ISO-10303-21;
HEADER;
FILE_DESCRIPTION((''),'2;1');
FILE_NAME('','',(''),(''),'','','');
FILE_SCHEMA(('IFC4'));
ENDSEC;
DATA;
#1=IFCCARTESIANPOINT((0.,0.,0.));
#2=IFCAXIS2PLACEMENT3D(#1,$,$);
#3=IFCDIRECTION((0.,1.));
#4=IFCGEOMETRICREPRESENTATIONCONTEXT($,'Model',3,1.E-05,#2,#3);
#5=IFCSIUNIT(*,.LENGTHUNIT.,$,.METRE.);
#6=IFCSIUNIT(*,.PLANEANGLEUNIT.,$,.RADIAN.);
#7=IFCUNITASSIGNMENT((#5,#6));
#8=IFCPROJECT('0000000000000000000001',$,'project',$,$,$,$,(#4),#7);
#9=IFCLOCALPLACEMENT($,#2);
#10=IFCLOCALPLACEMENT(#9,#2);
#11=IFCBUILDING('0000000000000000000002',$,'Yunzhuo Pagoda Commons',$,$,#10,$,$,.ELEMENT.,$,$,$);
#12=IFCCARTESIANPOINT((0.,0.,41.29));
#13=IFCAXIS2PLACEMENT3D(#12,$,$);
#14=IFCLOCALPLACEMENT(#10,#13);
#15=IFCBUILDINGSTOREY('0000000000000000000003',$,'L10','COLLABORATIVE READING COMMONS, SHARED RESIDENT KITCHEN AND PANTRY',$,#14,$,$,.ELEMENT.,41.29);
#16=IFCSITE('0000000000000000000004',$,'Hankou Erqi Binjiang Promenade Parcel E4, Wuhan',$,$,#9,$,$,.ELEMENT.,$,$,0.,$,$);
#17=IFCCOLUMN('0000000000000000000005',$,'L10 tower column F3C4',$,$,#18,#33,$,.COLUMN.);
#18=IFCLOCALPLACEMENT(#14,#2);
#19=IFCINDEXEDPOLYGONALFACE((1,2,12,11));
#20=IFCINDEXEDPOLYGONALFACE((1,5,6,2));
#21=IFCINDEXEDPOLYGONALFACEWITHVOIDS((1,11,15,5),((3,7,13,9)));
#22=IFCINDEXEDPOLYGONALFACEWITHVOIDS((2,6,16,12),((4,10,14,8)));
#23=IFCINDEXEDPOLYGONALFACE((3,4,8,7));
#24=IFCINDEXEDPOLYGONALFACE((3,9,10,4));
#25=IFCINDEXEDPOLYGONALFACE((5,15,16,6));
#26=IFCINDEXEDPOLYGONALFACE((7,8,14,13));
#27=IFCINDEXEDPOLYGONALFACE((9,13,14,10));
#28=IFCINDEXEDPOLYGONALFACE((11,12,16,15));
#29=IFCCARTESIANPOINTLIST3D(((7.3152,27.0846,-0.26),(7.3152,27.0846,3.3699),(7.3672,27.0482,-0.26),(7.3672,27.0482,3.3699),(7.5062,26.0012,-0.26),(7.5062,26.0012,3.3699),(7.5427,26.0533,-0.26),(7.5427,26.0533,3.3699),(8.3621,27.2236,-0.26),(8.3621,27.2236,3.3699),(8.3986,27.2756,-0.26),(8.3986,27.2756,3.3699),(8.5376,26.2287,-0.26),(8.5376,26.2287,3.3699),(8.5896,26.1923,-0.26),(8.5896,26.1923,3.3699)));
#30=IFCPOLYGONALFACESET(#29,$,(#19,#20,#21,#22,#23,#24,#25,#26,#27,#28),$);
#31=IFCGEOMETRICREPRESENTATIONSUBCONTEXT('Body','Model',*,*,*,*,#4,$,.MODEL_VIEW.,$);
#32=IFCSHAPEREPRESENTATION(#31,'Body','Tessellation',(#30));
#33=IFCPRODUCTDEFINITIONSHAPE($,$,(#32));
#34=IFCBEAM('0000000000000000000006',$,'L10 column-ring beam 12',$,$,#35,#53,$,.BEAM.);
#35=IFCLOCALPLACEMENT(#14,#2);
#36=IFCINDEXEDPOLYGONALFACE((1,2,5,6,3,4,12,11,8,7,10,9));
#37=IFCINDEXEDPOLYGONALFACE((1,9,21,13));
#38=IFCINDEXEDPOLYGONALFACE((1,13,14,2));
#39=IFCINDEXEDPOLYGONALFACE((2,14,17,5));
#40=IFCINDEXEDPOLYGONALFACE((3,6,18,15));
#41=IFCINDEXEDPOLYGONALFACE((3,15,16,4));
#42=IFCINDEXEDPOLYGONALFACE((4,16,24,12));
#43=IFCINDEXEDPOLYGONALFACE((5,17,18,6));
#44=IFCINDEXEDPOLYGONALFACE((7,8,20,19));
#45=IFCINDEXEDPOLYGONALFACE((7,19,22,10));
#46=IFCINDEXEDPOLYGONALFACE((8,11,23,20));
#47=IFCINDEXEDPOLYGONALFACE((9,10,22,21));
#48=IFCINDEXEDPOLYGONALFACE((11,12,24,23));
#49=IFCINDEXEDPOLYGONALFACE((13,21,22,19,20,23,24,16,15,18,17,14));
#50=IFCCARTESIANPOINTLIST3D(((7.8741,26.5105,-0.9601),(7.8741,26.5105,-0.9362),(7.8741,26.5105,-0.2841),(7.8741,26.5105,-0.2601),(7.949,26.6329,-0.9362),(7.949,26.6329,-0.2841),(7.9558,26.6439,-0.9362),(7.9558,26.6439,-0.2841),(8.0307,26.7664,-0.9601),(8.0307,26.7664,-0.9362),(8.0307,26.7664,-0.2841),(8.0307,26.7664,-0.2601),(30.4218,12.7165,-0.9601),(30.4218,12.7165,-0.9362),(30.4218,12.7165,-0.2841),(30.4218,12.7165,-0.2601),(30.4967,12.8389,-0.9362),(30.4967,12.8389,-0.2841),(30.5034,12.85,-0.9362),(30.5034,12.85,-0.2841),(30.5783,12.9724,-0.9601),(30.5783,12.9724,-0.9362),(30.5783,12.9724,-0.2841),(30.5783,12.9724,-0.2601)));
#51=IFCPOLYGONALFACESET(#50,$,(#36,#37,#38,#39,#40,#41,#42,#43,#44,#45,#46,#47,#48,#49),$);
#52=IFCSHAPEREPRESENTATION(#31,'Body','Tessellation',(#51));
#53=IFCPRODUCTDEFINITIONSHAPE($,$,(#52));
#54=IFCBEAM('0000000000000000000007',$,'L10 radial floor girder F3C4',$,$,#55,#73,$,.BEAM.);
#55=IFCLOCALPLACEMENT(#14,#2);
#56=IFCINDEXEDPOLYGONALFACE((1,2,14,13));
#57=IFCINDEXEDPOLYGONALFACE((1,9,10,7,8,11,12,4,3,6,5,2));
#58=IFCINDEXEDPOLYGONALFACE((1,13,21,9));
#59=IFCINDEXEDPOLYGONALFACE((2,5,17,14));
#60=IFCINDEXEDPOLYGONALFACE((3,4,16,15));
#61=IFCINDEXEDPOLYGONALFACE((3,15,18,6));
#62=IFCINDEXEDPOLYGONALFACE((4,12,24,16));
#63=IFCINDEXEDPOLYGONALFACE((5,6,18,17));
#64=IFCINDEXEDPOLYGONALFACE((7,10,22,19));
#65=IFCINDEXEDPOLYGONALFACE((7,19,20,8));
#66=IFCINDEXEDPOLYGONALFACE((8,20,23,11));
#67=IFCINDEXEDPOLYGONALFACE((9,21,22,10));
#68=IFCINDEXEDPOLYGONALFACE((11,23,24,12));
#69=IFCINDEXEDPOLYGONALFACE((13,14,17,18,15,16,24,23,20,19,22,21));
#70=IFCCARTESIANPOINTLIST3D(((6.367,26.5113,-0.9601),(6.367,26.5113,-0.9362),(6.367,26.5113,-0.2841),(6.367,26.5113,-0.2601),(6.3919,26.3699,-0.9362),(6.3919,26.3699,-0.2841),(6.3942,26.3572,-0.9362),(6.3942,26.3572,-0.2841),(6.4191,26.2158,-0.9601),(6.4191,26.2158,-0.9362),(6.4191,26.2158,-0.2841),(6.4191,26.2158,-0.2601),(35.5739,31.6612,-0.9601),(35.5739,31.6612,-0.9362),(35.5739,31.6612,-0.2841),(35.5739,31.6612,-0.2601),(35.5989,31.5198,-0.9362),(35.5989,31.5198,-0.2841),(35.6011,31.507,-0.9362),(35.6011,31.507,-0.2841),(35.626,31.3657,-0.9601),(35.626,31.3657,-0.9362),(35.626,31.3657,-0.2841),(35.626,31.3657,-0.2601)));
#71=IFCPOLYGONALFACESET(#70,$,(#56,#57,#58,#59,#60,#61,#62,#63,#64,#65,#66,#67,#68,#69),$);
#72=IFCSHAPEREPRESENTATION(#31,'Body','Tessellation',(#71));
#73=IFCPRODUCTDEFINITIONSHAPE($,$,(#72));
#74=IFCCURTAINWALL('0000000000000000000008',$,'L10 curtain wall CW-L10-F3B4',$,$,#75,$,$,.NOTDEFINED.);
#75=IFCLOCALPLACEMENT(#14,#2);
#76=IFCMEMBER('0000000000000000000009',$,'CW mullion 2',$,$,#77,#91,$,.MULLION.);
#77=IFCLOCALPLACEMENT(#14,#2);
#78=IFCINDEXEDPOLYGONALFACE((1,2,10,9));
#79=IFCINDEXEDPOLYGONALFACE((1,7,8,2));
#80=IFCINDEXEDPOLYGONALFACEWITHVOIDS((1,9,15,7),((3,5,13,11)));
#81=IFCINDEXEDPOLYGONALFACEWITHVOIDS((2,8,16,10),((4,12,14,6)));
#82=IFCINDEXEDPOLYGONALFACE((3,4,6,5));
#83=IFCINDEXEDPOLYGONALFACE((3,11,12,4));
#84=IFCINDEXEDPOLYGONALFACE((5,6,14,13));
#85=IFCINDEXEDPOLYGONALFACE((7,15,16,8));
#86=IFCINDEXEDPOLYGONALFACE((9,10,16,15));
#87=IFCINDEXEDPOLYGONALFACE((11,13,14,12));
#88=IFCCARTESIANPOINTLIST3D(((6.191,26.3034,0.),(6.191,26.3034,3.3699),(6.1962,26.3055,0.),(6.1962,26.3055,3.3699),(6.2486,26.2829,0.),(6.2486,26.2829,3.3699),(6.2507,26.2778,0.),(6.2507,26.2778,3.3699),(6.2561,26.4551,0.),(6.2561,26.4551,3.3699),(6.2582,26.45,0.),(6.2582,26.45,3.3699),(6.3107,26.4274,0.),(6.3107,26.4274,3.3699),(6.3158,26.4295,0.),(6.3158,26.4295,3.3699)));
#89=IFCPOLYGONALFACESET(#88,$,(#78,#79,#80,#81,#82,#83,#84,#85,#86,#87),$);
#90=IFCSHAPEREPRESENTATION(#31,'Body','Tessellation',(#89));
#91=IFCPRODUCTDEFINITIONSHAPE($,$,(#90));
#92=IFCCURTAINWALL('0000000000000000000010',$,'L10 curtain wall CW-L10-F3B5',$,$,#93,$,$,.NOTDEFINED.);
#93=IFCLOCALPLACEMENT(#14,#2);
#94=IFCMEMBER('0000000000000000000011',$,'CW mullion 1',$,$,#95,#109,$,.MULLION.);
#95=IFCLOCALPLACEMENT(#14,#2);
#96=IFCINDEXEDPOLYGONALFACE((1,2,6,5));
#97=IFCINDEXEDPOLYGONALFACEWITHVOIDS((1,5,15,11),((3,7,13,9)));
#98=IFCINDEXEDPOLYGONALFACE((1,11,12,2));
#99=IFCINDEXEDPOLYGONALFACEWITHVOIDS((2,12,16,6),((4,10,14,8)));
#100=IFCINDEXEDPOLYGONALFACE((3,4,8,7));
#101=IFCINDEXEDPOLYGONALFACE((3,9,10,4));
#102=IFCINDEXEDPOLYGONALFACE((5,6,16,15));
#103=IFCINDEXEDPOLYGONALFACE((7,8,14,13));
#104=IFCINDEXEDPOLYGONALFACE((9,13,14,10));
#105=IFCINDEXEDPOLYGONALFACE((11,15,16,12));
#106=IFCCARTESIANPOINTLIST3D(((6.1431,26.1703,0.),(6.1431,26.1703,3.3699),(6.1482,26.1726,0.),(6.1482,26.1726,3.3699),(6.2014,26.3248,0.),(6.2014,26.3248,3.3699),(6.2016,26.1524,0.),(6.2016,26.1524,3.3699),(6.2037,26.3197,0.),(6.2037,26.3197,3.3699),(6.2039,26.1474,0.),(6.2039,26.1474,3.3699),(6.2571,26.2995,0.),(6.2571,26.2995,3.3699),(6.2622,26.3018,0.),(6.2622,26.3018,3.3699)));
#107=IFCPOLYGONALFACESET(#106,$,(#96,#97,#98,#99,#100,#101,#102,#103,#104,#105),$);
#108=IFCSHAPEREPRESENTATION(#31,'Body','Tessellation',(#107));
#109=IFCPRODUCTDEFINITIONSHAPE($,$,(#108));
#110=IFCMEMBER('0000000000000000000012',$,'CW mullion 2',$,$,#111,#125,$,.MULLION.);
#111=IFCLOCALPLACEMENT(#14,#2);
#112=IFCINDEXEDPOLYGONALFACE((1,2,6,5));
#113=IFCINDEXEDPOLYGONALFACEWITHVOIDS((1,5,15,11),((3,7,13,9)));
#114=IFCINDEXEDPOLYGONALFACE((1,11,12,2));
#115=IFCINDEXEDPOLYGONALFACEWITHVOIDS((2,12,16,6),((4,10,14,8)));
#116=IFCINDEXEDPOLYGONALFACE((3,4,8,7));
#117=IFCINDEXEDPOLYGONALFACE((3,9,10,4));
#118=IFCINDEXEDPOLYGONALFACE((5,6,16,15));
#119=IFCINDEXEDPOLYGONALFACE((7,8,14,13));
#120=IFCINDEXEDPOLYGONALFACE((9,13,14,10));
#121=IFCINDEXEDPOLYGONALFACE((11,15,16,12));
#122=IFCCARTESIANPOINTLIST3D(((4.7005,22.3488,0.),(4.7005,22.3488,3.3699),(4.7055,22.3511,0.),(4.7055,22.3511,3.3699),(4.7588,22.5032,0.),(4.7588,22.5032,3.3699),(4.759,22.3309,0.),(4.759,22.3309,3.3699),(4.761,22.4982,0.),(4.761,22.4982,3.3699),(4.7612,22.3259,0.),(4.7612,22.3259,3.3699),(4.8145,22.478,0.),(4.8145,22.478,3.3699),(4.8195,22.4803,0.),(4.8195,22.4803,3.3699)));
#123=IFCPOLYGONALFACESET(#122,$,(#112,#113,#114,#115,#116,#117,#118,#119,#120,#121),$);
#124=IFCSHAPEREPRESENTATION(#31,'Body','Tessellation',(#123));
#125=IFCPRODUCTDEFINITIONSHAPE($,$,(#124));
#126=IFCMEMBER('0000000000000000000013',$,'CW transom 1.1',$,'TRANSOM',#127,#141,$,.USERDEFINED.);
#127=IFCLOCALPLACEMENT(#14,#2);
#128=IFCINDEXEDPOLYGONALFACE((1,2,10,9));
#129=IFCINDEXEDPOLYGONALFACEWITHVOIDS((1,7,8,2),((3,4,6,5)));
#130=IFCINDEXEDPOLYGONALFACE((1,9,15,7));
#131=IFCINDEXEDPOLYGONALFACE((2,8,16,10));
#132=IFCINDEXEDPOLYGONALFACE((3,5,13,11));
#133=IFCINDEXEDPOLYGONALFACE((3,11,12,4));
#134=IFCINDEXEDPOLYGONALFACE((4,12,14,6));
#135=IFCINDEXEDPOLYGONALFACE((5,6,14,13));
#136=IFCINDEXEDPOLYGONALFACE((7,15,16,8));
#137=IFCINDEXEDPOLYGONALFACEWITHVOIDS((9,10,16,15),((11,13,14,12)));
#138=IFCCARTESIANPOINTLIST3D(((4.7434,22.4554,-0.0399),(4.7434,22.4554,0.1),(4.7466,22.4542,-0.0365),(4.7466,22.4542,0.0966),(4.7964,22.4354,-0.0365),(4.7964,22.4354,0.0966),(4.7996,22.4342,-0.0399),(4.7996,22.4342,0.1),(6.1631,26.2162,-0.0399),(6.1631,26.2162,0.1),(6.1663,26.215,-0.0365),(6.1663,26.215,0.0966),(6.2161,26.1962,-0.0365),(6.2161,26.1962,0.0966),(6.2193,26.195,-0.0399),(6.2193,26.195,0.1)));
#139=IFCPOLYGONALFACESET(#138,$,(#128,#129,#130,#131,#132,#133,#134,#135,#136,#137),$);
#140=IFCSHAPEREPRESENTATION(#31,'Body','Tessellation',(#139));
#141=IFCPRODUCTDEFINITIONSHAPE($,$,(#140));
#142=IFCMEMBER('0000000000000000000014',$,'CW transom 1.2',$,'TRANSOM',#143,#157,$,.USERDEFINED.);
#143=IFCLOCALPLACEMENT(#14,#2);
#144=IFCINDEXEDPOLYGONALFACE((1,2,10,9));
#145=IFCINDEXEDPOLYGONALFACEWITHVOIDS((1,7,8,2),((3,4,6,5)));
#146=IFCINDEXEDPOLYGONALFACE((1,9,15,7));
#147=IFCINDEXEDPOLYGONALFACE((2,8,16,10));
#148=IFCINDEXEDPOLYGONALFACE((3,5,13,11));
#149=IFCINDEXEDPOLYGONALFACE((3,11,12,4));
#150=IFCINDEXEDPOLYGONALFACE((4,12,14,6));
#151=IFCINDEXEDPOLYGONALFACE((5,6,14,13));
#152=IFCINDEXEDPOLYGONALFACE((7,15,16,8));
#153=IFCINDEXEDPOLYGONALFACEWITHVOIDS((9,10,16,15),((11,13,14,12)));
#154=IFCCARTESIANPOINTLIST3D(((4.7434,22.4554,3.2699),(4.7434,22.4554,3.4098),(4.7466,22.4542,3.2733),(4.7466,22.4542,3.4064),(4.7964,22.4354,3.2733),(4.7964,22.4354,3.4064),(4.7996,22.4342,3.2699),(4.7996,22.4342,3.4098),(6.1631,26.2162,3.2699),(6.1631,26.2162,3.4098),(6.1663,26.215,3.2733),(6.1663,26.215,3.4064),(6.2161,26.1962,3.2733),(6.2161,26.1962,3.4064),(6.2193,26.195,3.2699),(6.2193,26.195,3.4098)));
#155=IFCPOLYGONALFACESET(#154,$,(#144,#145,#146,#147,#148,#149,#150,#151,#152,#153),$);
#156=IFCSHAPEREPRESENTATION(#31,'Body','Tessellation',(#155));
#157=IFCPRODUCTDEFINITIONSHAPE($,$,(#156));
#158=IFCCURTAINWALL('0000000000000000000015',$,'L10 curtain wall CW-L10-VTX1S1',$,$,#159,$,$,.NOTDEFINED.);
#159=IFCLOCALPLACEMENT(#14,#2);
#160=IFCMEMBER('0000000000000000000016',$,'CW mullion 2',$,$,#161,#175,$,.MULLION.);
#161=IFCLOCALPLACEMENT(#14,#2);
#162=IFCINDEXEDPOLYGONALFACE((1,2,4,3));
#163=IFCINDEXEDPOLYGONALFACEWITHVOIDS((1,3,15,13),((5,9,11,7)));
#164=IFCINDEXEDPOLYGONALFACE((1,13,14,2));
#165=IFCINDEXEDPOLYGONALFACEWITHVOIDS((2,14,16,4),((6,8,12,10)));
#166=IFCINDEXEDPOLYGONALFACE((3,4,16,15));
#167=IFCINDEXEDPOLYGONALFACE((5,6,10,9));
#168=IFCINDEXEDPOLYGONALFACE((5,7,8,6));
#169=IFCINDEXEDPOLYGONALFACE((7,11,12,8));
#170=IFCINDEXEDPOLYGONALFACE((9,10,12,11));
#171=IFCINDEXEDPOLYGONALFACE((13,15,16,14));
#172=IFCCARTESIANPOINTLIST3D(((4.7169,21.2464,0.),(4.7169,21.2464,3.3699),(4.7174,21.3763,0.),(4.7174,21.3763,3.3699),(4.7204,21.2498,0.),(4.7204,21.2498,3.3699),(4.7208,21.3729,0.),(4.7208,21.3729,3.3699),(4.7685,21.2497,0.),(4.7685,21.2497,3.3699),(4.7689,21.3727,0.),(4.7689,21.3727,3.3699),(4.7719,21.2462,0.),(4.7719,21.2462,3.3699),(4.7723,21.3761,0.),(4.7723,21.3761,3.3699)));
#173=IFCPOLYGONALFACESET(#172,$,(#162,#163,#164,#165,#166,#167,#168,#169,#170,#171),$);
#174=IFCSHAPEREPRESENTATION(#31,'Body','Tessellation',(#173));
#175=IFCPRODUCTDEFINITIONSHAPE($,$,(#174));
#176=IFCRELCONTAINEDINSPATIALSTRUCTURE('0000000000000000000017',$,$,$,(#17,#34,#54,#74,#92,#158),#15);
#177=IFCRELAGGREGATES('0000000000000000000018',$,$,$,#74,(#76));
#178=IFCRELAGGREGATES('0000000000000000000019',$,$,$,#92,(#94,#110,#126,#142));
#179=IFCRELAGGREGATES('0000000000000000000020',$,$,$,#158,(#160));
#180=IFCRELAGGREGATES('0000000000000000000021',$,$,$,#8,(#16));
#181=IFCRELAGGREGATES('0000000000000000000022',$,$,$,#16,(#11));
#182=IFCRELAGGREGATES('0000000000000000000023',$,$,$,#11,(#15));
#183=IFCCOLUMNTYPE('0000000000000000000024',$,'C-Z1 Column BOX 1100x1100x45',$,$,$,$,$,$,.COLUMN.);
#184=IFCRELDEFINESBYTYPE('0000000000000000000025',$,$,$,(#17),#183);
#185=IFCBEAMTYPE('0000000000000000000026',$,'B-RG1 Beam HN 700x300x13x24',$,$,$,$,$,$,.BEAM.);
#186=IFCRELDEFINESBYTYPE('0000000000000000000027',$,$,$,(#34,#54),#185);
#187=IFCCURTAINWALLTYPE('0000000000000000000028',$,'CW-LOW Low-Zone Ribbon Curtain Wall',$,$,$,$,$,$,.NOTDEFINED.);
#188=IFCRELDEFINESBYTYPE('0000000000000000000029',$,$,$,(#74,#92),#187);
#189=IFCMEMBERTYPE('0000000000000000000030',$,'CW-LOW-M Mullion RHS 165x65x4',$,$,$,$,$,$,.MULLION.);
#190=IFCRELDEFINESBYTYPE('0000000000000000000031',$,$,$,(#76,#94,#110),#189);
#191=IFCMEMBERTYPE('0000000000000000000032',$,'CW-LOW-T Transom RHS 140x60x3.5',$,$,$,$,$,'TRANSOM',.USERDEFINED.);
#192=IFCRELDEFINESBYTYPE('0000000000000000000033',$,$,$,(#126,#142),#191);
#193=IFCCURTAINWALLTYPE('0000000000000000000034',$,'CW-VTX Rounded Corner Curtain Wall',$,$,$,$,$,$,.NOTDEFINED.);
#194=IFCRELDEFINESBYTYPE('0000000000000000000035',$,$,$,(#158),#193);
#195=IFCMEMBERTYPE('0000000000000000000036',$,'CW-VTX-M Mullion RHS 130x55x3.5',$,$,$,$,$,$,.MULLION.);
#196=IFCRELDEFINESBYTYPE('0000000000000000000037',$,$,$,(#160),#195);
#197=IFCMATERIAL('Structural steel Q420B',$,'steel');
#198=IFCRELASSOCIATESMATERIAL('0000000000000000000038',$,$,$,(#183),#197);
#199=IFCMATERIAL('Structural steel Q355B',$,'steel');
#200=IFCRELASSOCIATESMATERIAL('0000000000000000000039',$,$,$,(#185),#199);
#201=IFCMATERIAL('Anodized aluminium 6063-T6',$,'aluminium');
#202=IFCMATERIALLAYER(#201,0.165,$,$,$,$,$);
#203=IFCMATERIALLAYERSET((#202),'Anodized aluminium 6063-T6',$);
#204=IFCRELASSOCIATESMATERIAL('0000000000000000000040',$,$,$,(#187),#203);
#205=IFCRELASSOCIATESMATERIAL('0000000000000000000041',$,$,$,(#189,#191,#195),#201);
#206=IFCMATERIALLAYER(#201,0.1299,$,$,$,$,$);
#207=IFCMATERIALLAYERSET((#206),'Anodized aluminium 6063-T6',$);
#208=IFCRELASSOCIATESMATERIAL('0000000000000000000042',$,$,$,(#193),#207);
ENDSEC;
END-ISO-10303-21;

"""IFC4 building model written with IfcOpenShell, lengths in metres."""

from ifc_helpers import new_model, si_unit, direction, frame, origin, origin_2d, place, context, subcontext, project, spatial, hollow_rectangle, i_section, extrude, source, transform, mapped, material, layer, layer_set, material_profile, profile_set, type_object, element, aggregate, save


model = new_model("IFC4")

# Units and contexts
model_context = context("Model", 3, precision=1e-05, world=origin(), true_north=direction((0.0, 1.0)))
body_context = subcontext(model_context, "Body", "Model", "MODEL_VIEW")
ifc_project = project(units=[si_unit("LENGTHUNIT", "METRE"), si_unit("PLANEANGLEUNIT", "RADIAN")], contexts=[model_context])

# Site, building, storey
site_placement = place(None, origin())
site = spatial("IfcSite", under=ifc_project, at=site_placement, Name="Hankou Erqi Binjiang Promenade Parcel E4, Wuhan", CompositionType="ELEMENT", RefElevation=0.0)
building_placement = place(site_placement, origin())
building = spatial("IfcBuilding", under=site, at=building_placement, Name="Yunzhuo Pagoda Commons", CompositionType="ELEMENT")
storey_placement = place(building_placement, frame((0.0, 0.0, 41.29)))
storey = spatial("IfcBuildingStorey", under=building, at=storey_placement, Name="L10", Description="COLLABORATIVE READING COMMONS, SHARED RESIDENT KITCHEN AND PANTRY", CompositionType="ELEMENT", Elevation=41.29)

# Column
ifc_material_1 = material(Name="Structural steel Q420B", Category="steel")
ifc_material_profile_1 = material_profile(ifc_material_1, hollow_rectangle(XDim=1.1001, YDim=1.1001, WallThickness=0.0449, at=origin_2d()), Name="Structural steel Q420B")
ifc_profile_set_1 = profile_set([ifc_material_profile_1], Name="Structural steel Q420B")
column_type = type_object("IfcColumnType", Name="C-Z1 Column BOX 1100x1100x45", PredefinedType="COLUMN", material=ifc_profile_set_1)
shared_shape_1 = source(origin(), body_context, "Body", "SweptSolid", [
    extrude(hollow_rectangle(XDim=1.1001, YDim=1.1001, WallThickness=0.0449, at=origin_2d()), origin(), (0.0, 0.0, 1.0), 3.6299),
])
column_placement = place(storey_placement, frame((7.9524, 26.6384, -0.26), z_axis=(0.0, 0.0, 1.0), x_axis=(0.173648, -0.984808, 0.0)))
element("IfcColumn", 1, at=column_placement, inside=storey, type_object=column_type, Name="L10 tower column F3C4", PredefinedType="COLUMN", context=body_context, shape_type="MappedRepresentation", body=[
    mapped(shared_shape_1, transform((0.0, 0.0, 0.0), scale=1.0)),
])

# Beams
ifc_material_2 = material(Name="Structural steel Q355B", Category="steel")
ifc_material_profile_2 = material_profile(ifc_material_2, i_section(OverallWidth=0.3, OverallDepth=0.7, WebThickness=0.0129, FlangeThickness=0.0239, at=origin_2d()), Name="Structural steel Q355B")
ifc_profile_set_2 = profile_set([ifc_material_profile_2], Name="Structural steel Q355B")
beam_type = type_object("IfcBeamType", Name="B-RG1 Beam HN 700x300x13x24", PredefinedType="BEAM", material=ifc_profile_set_2)
shared_shape_2 = source(origin(), body_context, "Body", "SweptSolid", [
    extrude(i_section(OverallWidth=0.3, OverallDepth=0.7, WebThickness=0.0129, FlangeThickness=0.0239, at=origin_2d()), origin(), (0.0, 0.0, 1.0), 26.4324),
])
beam_1_placement = place(storey_placement, frame((7.9524, 26.6384, -0.6101), z_axis=(0.853032, -0.521859, 0.0), x_axis=(0.521859, 0.853032, 0.0)))
element("IfcBeam", 2, at=beam_1_placement, inside=storey, type_object=beam_type, Name="L10 column-ring beam 12", PredefinedType="BEAM", context=body_context, shape_type="MappedRepresentation", body=[
    mapped(shared_shape_2, transform((0.0, 0.0, 0.0), scale=1.0)),
])
shared_shape_3 = source(origin(), body_context, "Body", "SweptSolid", [
    extrude(i_section(OverallWidth=0.3, OverallDepth=0.7, WebThickness=0.0129, FlangeThickness=0.0239, at=origin_2d()), origin(), (0.0, 0.0, 1.0), 29.6575),
])
beam_2_placement = place(storey_placement, frame((6.3931, 26.3635, -0.6101), z_axis=(0.984808, 0.173645, 0.0), x_axis=(-0.173645, 0.984808, 0.0)))
element("IfcBeam", 3, at=beam_2_placement, inside=storey, type_object=beam_type, Name="L10 radial floor girder F3C4", PredefinedType="BEAM", context=body_context, shape_type="MappedRepresentation", body=[
    mapped(shared_shape_3, transform((0.0, 0.0, 0.0), scale=1.0)),
])

# Curtain wall, member
ifc_material_3 = material(Name="Anodized aluminium 6063-T6", Category="aluminium")
ifc_layer_1 = layer(ifc_material_3, 0.165)
ifc_layer_set_1 = layer_set([ifc_layer_1], Name="Anodized aluminium 6063-T6")
curtain_wall_type_1 = type_object("IfcCurtainWallType", Name="CW-LOW Low-Zone Ribbon Curtain Wall", PredefinedType="NOTDEFINED", material=ifc_layer_set_1)
curtain_wall_1_placement = place(storey_placement, origin())
curtain_wall_1 = element("IfcCurtainWall", 4, at=curtain_wall_1_placement, inside=storey, type_object=curtain_wall_type_1, Name="L10 curtain wall CW-L10-F3B4", PredefinedType="NOTDEFINED")
ifc_material_profile_3 = material_profile(ifc_material_3, hollow_rectangle(XDim=0.0649, YDim=0.165, WallThickness=0.0039, at=origin_2d()), Name="Anodized aluminium 6063-T6")
ifc_profile_set_3 = profile_set([ifc_material_profile_3], Name="Anodized aluminium 6063-T6")
member_type_1 = type_object("IfcMemberType", Name="CW-LOW-M Mullion RHS 165x65x4", PredefinedType="MULLION", material=ifc_profile_set_3)
shared_shape_4 = source(origin(), body_context, "Body", "SweptSolid", [
    extrude(hollow_rectangle(XDim=0.0649, YDim=0.165, WallThickness=0.0039, at=origin_2d()), origin(), (0.0, 0.0, 1.0), 3.3699),
])
member_1_placement = place(storey_placement, frame((6.2534, 26.3665, 0.0), z_axis=(0.0, 0.0, 1.0), x_axis=(0.918866, -0.394571, 0.0)))
member_1 = element("IfcMember", 5, at=member_1_placement, type_object=member_type_1, Name="CW mullion 2", PredefinedType="MULLION", context=body_context, shape_type="MappedRepresentation", body=[
    mapped(shared_shape_4, transform((0.0, 0.0, 0.0), scale=1.0)),
])

# Curtain walls, members
curtain_wall_2_placement = place(storey_placement, origin())
curtain_wall_2 = element("IfcCurtainWall", 6, at=curtain_wall_2_placement, inside=storey, type_object=curtain_wall_type_1, Name="L10 curtain wall CW-L10-F3B5", PredefinedType="NOTDEFINED")
member_2_placement = place(storey_placement, frame((6.2026, 26.2361, 0.0), z_axis=(0.0, 0.0, 1.0), x_axis=(0.935566, -0.353151, 0.0)))
member_2 = element("IfcMember", 7, at=member_2_placement, type_object=member_type_1, Name="CW mullion 1", PredefinedType="MULLION", context=body_context, shape_type="MappedRepresentation", body=[
    mapped(shared_shape_4, transform((0.0, 0.0, 0.0), scale=1.0)),
])
member_3_placement = place(storey_placement, frame((4.76, 22.4146, 0.0), z_axis=(0.0, 0.0, 1.0), x_axis=(0.935566, -0.353151, 0.0)))
member_3 = element("IfcMember", 8, at=member_3_placement, type_object=member_type_1, Name="CW mullion 2", PredefinedType="MULLION", context=body_context, shape_type="MappedRepresentation", body=[
    mapped(shared_shape_4, transform((0.0, 0.0, 0.0), scale=1.0)),
])
ifc_material_profile_4 = material_profile(ifc_material_3, hollow_rectangle(XDim=0.0601, YDim=0.1399, WallThickness=0.0034, at=origin_2d()), Name="Anodized aluminium 6063-T6")
ifc_profile_set_4 = profile_set([ifc_material_profile_4], Name="Anodized aluminium 6063-T6")
member_type_2 = type_object("IfcMemberType", Name="CW-LOW-T Transom RHS 140x60x3.5", ElementType="TRANSOM", PredefinedType="USERDEFINED", material=ifc_profile_set_4)
shared_shape_5 = source(origin(), body_context, "Body", "SweptSolid", [
    extrude(hollow_rectangle(XDim=0.0601, YDim=0.1399, WallThickness=0.0034, at=origin_2d()), origin(), (0.0, 0.0, 1.0), 4.0198),
])
member_4_placement = place(storey_placement, frame((6.1912, 26.2056, 0.03), z_axis=(-0.353173, -0.935558, 0.0), x_axis=(0.935558, -0.353173, 0.0)))
member_4 = element("IfcMember", 9, at=member_4_placement, type_object=member_type_2, Name="CW transom 1.1", ObjectType="TRANSOM", PredefinedType="USERDEFINED", context=body_context, shape_type="MappedRepresentation", body=[
    mapped(shared_shape_5, transform((0.0, 0.0, 0.0), scale=1.0)),
])
member_5_placement = place(storey_placement, frame((6.1912, 26.2056, 3.3398), z_axis=(-0.353173, -0.935558, 0.0), x_axis=(0.935558, -0.353173, 0.0)))
member_5 = element("IfcMember", 10, at=member_5_placement, type_object=member_type_2, Name="CW transom 1.2", ObjectType="TRANSOM", PredefinedType="USERDEFINED", context=body_context, shape_type="MappedRepresentation", body=[
    mapped(shared_shape_5, transform((0.0, 0.0, 0.0), scale=1.0)),
])
ifc_layer_2 = layer(ifc_material_3, 0.1299)
ifc_layer_set_2 = layer_set([ifc_layer_2], Name="Anodized aluminium 6063-T6")
curtain_wall_type_2 = type_object("IfcCurtainWallType", Name="CW-VTX Rounded Corner Curtain Wall", PredefinedType="NOTDEFINED", material=ifc_layer_set_2)
curtain_wall_3_placement = place(storey_placement, origin())
curtain_wall_3 = element("IfcCurtainWall", 11, at=curtain_wall_3_placement, inside=storey, type_object=curtain_wall_type_2, Name="L10 curtain wall CW-L10-VTX1S1", PredefinedType="NOTDEFINED")
ifc_material_profile_5 = material_profile(ifc_material_3, hollow_rectangle(XDim=0.0549, YDim=0.1299, WallThickness=0.0034, at=origin_2d()), Name="Anodized aluminium 6063-T6")
ifc_profile_set_5 = profile_set([ifc_material_profile_5], Name="Anodized aluminium 6063-T6")
member_type_3 = type_object("IfcMemberType", Name="CW-VTX-M Mullion RHS 130x55x3.5", PredefinedType="MULLION", material=ifc_profile_set_5)
shared_shape_6 = source(origin(), body_context, "Body", "SweptSolid", [
    extrude(hollow_rectangle(XDim=0.0549, YDim=0.1299, WallThickness=0.0034, at=origin_2d()), origin(), (0.0, 0.0, 1.0), 3.3699),
])
member_6_placement = place(storey_placement, frame((4.7446, 21.3113, 0.0), z_axis=(0.0, 0.0, 1.0), x_axis=(0.999994, -0.003579, 0.0)))
member_6 = element("IfcMember", 12, at=member_6_placement, type_object=member_type_3, Name="CW mullion 2", PredefinedType="MULLION", context=body_context, shape_type="MappedRepresentation", body=[
    mapped(shared_shape_6, transform((0.0, 0.0, 0.0), scale=1.0)),
])

aggregate(curtain_wall_1, [member_1])
aggregate(curtain_wall_2, [member_2, member_3, member_4, member_5])
aggregate(curtain_wall_3, [member_6])

save(model, "model.ifc")
